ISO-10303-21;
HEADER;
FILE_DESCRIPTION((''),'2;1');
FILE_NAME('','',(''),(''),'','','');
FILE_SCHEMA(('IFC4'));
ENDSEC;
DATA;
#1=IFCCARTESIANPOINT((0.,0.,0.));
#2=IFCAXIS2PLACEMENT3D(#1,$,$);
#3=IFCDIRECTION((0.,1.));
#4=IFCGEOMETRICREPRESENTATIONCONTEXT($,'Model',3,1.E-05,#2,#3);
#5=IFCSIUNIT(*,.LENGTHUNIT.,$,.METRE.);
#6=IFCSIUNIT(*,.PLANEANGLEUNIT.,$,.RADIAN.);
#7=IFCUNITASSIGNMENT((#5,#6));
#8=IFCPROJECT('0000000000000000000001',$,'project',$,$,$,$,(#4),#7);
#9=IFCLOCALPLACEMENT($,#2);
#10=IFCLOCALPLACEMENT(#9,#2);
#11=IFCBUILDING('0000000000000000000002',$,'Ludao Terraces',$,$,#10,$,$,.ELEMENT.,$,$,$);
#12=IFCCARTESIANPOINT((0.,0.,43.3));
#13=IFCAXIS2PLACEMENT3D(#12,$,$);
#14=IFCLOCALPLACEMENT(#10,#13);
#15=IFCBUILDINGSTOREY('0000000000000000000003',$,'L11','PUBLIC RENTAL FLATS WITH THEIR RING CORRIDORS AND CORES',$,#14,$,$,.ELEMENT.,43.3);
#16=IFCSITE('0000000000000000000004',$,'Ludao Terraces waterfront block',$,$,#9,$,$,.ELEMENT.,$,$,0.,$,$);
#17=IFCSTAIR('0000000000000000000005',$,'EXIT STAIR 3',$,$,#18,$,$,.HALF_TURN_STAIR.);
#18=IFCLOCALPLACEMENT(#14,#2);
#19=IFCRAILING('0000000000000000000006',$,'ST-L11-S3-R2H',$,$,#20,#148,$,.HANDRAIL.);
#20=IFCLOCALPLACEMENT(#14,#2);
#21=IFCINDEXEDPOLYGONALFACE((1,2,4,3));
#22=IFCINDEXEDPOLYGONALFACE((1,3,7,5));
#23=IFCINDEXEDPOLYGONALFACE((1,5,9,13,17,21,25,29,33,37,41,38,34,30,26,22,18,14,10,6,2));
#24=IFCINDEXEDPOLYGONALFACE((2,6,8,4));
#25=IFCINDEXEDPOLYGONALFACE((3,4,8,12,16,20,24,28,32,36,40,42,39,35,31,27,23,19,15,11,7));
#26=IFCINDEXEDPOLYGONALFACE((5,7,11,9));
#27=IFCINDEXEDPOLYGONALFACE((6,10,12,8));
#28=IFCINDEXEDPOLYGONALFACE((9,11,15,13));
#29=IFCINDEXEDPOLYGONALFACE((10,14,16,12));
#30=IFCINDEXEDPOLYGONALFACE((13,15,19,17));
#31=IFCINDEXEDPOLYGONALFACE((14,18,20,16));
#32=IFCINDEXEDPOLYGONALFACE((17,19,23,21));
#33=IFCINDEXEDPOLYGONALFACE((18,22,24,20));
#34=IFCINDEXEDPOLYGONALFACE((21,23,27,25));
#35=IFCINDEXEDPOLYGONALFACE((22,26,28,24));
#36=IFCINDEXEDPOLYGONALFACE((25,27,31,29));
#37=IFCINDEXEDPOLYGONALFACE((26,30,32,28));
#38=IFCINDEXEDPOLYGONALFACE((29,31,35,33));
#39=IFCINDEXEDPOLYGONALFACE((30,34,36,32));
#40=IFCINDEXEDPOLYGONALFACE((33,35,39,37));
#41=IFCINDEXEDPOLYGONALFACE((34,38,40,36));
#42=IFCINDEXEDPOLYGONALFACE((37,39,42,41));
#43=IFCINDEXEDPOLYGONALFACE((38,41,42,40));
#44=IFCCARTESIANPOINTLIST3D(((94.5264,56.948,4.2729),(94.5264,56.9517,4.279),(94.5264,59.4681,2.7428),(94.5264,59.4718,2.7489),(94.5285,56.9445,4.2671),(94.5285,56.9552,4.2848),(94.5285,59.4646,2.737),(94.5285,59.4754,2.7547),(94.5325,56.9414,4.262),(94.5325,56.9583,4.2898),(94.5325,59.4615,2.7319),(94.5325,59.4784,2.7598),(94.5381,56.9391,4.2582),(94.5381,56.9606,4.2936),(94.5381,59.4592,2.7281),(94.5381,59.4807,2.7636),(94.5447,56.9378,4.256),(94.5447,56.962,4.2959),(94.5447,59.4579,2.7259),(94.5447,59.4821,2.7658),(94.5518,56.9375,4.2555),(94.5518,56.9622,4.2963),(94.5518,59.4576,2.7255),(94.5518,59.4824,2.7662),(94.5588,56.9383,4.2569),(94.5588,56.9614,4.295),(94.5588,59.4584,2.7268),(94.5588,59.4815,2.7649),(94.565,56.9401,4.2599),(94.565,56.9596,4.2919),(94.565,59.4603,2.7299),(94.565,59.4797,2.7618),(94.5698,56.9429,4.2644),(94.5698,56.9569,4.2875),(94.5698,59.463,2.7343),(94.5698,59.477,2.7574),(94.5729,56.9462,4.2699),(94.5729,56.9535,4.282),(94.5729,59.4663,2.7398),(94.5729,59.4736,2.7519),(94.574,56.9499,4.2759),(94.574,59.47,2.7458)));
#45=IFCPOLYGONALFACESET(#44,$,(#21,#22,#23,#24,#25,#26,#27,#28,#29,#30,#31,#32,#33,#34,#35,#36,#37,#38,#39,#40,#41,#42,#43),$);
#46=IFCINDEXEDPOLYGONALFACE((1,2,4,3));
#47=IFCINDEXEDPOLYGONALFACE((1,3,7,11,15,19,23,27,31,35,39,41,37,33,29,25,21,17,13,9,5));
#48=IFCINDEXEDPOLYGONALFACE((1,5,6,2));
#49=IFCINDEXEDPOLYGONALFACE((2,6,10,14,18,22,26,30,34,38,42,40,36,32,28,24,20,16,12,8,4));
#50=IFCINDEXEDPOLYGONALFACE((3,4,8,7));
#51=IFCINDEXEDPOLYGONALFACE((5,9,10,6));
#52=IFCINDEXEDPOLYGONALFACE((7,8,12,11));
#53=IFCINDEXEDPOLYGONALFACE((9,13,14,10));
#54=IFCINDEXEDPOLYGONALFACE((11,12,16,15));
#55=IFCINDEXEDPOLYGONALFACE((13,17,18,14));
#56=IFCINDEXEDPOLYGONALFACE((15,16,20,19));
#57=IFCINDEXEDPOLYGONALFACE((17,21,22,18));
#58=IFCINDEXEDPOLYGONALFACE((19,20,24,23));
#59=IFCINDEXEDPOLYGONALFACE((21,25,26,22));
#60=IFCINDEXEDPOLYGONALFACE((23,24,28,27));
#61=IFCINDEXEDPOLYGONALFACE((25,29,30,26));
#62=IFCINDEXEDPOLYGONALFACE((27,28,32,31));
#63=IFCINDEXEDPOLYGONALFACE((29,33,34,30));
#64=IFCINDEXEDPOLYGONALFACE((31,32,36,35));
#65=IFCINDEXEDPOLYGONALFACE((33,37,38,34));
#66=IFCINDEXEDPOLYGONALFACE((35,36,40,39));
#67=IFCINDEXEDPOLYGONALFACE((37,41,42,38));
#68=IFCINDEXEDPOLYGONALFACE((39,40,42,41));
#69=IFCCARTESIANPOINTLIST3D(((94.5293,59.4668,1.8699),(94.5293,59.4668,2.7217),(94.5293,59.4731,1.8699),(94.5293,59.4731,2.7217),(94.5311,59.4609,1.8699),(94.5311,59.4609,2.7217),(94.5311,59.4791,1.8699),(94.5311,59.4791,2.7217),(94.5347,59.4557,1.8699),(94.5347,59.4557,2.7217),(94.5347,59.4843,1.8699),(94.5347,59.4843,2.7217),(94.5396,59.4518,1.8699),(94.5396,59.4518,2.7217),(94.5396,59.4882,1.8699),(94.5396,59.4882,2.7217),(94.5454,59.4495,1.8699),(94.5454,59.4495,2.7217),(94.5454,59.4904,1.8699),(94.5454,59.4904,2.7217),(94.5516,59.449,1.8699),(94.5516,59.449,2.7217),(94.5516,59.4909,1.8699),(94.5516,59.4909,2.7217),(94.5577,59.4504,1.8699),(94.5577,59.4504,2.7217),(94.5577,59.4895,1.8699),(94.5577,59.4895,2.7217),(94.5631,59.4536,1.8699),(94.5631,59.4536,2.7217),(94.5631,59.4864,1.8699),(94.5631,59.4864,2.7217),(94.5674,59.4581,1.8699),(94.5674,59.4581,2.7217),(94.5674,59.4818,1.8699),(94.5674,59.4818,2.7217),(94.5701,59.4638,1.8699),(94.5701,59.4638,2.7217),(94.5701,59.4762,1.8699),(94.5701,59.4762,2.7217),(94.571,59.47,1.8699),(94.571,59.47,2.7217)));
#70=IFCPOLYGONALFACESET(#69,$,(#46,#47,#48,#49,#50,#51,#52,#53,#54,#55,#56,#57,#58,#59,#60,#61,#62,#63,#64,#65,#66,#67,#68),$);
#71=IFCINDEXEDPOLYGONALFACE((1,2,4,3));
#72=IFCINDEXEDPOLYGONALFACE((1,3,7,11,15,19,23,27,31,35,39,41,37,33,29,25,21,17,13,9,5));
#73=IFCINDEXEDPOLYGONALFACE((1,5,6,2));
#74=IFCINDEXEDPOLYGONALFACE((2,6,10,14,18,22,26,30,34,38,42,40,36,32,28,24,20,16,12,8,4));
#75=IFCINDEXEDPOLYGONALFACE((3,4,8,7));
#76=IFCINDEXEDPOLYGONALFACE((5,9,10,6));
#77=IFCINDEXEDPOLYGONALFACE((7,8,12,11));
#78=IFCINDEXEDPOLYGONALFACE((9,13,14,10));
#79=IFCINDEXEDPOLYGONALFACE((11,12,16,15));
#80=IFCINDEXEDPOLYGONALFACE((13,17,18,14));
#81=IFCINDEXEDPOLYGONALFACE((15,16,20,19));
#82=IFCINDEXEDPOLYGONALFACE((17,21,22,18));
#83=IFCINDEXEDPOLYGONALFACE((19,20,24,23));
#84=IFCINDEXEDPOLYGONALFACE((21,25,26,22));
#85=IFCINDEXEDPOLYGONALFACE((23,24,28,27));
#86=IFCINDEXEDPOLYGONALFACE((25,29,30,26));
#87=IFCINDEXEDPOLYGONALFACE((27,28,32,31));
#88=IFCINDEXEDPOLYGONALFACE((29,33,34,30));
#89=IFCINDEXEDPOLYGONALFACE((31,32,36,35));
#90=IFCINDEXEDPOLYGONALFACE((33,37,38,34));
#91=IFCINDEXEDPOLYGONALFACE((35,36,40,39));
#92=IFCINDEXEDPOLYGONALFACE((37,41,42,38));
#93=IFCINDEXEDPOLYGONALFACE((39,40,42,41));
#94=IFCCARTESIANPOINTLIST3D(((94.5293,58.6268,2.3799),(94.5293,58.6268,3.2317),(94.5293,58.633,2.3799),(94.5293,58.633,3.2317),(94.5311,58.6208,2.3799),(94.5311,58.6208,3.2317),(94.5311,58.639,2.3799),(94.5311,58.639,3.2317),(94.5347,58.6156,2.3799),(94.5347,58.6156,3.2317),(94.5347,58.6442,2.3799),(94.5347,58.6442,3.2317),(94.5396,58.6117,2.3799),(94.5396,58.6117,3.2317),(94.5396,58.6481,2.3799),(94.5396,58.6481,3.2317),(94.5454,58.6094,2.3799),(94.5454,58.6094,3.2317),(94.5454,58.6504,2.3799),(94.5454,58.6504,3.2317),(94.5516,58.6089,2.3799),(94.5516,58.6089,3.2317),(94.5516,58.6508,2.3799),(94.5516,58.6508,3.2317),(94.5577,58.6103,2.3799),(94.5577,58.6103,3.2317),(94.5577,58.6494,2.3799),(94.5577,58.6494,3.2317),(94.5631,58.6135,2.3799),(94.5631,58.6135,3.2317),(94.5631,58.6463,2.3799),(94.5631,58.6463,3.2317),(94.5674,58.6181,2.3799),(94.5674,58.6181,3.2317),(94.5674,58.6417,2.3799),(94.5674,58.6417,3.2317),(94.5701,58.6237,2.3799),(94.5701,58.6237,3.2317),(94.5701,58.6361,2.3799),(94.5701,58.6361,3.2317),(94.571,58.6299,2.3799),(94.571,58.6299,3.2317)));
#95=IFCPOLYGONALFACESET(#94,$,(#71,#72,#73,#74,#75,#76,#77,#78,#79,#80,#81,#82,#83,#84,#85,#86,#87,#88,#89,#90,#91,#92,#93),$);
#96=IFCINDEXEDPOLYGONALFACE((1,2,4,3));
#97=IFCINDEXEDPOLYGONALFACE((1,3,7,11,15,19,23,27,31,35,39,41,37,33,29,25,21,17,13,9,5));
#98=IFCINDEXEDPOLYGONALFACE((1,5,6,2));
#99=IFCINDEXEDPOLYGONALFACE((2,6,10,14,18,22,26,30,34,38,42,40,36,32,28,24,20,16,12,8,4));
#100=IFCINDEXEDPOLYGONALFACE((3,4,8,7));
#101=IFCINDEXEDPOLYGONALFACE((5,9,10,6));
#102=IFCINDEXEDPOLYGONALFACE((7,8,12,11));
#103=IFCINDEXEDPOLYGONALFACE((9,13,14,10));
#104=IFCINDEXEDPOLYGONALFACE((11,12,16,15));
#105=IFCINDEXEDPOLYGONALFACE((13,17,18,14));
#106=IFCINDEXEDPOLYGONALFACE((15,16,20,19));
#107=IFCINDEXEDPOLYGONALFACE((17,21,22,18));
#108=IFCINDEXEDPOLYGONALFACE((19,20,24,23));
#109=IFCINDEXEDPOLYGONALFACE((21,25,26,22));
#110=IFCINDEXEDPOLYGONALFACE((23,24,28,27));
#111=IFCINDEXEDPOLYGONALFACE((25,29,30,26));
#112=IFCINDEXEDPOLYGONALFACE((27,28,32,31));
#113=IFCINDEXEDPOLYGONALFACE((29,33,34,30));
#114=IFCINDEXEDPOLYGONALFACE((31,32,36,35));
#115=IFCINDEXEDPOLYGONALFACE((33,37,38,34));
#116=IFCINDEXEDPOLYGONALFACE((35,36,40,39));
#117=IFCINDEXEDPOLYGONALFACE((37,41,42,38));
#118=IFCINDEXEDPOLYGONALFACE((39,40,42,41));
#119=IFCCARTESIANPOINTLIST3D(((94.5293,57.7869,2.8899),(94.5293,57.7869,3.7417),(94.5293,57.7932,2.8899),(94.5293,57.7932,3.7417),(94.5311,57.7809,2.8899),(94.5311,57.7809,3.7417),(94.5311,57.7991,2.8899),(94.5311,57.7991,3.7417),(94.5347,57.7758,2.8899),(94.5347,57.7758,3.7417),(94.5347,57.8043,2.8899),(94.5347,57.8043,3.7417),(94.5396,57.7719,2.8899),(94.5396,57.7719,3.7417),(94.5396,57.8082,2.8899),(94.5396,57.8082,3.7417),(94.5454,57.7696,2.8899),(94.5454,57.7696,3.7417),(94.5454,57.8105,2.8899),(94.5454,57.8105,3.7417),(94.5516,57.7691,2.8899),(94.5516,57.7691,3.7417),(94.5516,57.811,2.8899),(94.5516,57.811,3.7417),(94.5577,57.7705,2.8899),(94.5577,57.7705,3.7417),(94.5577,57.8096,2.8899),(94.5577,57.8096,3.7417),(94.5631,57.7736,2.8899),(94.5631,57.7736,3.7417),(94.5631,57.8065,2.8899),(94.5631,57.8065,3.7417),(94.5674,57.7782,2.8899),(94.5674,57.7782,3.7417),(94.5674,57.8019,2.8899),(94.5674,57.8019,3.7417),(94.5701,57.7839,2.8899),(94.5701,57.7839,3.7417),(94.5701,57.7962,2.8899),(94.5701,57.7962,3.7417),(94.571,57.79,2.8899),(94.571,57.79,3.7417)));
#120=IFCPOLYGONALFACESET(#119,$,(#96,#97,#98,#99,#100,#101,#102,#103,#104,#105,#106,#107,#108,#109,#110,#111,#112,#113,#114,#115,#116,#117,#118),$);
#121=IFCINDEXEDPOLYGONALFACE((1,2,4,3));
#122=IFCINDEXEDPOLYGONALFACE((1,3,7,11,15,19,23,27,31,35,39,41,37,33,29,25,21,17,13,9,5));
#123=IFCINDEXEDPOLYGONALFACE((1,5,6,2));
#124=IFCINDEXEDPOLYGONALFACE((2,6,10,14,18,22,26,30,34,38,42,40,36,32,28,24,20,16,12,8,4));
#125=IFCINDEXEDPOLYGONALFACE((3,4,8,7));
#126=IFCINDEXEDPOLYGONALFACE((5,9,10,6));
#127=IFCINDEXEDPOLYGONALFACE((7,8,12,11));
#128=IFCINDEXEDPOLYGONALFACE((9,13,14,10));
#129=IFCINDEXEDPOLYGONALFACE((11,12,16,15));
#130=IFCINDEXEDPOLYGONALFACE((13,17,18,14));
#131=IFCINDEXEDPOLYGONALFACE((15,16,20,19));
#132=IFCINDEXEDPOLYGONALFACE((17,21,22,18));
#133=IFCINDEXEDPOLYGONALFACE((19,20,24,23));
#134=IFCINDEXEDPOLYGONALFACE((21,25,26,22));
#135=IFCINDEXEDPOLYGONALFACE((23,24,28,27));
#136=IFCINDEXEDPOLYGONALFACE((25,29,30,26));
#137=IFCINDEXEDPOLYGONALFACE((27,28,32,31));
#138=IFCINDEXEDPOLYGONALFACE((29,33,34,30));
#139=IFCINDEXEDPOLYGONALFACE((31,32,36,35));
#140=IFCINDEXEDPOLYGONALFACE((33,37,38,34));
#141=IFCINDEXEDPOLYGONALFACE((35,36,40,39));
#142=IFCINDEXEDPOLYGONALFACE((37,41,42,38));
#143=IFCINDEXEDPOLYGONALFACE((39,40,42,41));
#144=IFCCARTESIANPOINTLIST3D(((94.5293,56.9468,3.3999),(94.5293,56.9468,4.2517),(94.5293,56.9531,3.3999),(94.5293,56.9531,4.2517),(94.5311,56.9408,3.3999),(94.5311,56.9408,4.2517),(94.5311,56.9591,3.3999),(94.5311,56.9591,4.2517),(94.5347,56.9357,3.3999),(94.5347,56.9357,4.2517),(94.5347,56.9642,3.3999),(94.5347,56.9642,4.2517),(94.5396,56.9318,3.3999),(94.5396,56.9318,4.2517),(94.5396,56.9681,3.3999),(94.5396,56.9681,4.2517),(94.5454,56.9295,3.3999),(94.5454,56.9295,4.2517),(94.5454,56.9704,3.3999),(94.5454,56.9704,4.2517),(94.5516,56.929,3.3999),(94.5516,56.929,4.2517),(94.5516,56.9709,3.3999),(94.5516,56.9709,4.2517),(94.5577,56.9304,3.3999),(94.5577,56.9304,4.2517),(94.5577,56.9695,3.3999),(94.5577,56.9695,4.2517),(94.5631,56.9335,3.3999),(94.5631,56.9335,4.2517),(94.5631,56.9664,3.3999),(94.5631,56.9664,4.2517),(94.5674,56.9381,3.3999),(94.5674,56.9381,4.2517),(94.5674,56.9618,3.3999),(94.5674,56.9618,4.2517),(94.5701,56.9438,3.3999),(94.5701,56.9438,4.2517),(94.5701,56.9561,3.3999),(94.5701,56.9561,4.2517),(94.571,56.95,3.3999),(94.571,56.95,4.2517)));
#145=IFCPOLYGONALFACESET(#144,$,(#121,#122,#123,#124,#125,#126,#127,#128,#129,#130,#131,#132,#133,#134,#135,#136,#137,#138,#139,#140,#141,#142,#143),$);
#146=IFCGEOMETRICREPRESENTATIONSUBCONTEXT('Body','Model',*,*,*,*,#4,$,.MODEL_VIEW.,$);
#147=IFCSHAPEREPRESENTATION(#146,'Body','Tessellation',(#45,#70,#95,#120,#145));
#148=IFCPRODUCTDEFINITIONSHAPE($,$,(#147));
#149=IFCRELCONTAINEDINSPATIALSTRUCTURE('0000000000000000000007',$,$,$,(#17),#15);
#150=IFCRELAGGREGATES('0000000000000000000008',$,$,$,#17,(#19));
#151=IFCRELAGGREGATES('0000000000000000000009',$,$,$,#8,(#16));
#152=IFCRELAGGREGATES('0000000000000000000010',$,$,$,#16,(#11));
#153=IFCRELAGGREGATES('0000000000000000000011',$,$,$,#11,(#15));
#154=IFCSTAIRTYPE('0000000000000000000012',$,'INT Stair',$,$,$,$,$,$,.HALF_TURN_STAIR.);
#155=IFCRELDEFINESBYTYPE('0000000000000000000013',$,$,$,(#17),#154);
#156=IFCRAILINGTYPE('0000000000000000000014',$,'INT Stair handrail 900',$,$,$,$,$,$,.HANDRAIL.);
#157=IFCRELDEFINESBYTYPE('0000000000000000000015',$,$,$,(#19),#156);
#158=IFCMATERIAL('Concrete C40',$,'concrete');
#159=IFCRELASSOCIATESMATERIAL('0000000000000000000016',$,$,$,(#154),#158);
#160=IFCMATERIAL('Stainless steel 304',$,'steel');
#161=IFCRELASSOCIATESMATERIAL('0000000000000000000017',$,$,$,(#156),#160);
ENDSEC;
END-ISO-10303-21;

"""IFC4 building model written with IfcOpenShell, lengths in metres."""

from ifc_helpers import new_model, si_unit, direction, frame, origin, origin_2d, place, context, subcontext, project, spatial, circle, extrude, material, type_object, element, aggregate, save


model = new_model("IFC4")

# Units and contexts
model_context = context("Model", 3, precision=1e-05, world=origin(), true_north=direction((0.0, 1.0)))
body_context = subcontext(model_context, "Body", "Model", "MODEL_VIEW")
ifc_project = project(units=[si_unit("LENGTHUNIT", "METRE"), si_unit("PLANEANGLEUNIT", "RADIAN")], contexts=[model_context])

# Site, building, storey
site_placement = place(None, origin())
site = spatial("IfcSite", under=ifc_project, at=site_placement, Name="Ludao Terraces waterfront block", CompositionType="ELEMENT", RefElevation=0.0)
building_placement = place(site_placement, origin())
building = spatial("IfcBuilding", under=site, at=building_placement, Name="Ludao Terraces", CompositionType="ELEMENT")
storey_placement = place(building_placement, frame((0.0, 0.0, 43.3)))
storey = spatial("IfcBuildingStorey", under=building, at=storey_placement, Name="L11", Description="PUBLIC RENTAL FLATS WITH THEIR RING CORRIDORS AND CORES", CompositionType="ELEMENT", Elevation=43.3)

# Stair, railing
ifc_material_1 = material(Name="Concrete C40", Category="concrete")
stair_type = type_object("IfcStairType", Name="INT Stair", PredefinedType="HALF_TURN_STAIR", material=ifc_material_1)
stair_placement = place(storey_placement, origin())
stair = element("IfcStair", 1, at=stair_placement, inside=storey, type_object=stair_type, Name="EXIT STAIR 3", PredefinedType="HALF_TURN_STAIR")
ifc_material_2 = material(Name="Stainless steel 304", Category="steel")
railing_type_1 = type_object("IfcRailingType", Name="INT Stair handrail 900", PredefinedType="HANDRAIL", material=ifc_material_2)
railing_1_placement = place(storey_placement, frame((94.55, 59.47, 1.8699)))
railing_1 = element("IfcRailing", 2, at=railing_1_placement, type_object=railing_type_1, Name="ST-L11-S3-R2H", PredefinedType="HANDRAIL", context=body_context, shape_type="SweptSolid", body=[
    extrude(circle(Radius=0.0239, at=origin_2d()), frame((0.0, 0.0, 0.876), z_axis=(0.0, -0.854785, 0.518982), x_axis=(1.0, 0.0, 0.0)), (0.0, 0.0, 1.0), 2.9482),
    extrude(circle(Radius=0.021, at=origin_2d()), origin(), (0.0, 0.0, 1.0), 0.8518),
    extrude(circle(Radius=0.021, at=origin_2d()), frame((0.0, -0.8401, 0.51)), (0.0, 0.0, 1.0), 0.8518),
    extrude(circle(Radius=0.021, at=origin_2d()), frame((0.0, -1.6799, 1.02)), (0.0, 0.0, 1.0), 0.8518),
    extrude(circle(Radius=0.021, at=origin_2d()), frame((0.0, -2.52, 1.53)), (0.0, 0.0, 1.0), 0.8518),
])
aggregate(stair, [railing_1])

save(model, "model.ifc")
